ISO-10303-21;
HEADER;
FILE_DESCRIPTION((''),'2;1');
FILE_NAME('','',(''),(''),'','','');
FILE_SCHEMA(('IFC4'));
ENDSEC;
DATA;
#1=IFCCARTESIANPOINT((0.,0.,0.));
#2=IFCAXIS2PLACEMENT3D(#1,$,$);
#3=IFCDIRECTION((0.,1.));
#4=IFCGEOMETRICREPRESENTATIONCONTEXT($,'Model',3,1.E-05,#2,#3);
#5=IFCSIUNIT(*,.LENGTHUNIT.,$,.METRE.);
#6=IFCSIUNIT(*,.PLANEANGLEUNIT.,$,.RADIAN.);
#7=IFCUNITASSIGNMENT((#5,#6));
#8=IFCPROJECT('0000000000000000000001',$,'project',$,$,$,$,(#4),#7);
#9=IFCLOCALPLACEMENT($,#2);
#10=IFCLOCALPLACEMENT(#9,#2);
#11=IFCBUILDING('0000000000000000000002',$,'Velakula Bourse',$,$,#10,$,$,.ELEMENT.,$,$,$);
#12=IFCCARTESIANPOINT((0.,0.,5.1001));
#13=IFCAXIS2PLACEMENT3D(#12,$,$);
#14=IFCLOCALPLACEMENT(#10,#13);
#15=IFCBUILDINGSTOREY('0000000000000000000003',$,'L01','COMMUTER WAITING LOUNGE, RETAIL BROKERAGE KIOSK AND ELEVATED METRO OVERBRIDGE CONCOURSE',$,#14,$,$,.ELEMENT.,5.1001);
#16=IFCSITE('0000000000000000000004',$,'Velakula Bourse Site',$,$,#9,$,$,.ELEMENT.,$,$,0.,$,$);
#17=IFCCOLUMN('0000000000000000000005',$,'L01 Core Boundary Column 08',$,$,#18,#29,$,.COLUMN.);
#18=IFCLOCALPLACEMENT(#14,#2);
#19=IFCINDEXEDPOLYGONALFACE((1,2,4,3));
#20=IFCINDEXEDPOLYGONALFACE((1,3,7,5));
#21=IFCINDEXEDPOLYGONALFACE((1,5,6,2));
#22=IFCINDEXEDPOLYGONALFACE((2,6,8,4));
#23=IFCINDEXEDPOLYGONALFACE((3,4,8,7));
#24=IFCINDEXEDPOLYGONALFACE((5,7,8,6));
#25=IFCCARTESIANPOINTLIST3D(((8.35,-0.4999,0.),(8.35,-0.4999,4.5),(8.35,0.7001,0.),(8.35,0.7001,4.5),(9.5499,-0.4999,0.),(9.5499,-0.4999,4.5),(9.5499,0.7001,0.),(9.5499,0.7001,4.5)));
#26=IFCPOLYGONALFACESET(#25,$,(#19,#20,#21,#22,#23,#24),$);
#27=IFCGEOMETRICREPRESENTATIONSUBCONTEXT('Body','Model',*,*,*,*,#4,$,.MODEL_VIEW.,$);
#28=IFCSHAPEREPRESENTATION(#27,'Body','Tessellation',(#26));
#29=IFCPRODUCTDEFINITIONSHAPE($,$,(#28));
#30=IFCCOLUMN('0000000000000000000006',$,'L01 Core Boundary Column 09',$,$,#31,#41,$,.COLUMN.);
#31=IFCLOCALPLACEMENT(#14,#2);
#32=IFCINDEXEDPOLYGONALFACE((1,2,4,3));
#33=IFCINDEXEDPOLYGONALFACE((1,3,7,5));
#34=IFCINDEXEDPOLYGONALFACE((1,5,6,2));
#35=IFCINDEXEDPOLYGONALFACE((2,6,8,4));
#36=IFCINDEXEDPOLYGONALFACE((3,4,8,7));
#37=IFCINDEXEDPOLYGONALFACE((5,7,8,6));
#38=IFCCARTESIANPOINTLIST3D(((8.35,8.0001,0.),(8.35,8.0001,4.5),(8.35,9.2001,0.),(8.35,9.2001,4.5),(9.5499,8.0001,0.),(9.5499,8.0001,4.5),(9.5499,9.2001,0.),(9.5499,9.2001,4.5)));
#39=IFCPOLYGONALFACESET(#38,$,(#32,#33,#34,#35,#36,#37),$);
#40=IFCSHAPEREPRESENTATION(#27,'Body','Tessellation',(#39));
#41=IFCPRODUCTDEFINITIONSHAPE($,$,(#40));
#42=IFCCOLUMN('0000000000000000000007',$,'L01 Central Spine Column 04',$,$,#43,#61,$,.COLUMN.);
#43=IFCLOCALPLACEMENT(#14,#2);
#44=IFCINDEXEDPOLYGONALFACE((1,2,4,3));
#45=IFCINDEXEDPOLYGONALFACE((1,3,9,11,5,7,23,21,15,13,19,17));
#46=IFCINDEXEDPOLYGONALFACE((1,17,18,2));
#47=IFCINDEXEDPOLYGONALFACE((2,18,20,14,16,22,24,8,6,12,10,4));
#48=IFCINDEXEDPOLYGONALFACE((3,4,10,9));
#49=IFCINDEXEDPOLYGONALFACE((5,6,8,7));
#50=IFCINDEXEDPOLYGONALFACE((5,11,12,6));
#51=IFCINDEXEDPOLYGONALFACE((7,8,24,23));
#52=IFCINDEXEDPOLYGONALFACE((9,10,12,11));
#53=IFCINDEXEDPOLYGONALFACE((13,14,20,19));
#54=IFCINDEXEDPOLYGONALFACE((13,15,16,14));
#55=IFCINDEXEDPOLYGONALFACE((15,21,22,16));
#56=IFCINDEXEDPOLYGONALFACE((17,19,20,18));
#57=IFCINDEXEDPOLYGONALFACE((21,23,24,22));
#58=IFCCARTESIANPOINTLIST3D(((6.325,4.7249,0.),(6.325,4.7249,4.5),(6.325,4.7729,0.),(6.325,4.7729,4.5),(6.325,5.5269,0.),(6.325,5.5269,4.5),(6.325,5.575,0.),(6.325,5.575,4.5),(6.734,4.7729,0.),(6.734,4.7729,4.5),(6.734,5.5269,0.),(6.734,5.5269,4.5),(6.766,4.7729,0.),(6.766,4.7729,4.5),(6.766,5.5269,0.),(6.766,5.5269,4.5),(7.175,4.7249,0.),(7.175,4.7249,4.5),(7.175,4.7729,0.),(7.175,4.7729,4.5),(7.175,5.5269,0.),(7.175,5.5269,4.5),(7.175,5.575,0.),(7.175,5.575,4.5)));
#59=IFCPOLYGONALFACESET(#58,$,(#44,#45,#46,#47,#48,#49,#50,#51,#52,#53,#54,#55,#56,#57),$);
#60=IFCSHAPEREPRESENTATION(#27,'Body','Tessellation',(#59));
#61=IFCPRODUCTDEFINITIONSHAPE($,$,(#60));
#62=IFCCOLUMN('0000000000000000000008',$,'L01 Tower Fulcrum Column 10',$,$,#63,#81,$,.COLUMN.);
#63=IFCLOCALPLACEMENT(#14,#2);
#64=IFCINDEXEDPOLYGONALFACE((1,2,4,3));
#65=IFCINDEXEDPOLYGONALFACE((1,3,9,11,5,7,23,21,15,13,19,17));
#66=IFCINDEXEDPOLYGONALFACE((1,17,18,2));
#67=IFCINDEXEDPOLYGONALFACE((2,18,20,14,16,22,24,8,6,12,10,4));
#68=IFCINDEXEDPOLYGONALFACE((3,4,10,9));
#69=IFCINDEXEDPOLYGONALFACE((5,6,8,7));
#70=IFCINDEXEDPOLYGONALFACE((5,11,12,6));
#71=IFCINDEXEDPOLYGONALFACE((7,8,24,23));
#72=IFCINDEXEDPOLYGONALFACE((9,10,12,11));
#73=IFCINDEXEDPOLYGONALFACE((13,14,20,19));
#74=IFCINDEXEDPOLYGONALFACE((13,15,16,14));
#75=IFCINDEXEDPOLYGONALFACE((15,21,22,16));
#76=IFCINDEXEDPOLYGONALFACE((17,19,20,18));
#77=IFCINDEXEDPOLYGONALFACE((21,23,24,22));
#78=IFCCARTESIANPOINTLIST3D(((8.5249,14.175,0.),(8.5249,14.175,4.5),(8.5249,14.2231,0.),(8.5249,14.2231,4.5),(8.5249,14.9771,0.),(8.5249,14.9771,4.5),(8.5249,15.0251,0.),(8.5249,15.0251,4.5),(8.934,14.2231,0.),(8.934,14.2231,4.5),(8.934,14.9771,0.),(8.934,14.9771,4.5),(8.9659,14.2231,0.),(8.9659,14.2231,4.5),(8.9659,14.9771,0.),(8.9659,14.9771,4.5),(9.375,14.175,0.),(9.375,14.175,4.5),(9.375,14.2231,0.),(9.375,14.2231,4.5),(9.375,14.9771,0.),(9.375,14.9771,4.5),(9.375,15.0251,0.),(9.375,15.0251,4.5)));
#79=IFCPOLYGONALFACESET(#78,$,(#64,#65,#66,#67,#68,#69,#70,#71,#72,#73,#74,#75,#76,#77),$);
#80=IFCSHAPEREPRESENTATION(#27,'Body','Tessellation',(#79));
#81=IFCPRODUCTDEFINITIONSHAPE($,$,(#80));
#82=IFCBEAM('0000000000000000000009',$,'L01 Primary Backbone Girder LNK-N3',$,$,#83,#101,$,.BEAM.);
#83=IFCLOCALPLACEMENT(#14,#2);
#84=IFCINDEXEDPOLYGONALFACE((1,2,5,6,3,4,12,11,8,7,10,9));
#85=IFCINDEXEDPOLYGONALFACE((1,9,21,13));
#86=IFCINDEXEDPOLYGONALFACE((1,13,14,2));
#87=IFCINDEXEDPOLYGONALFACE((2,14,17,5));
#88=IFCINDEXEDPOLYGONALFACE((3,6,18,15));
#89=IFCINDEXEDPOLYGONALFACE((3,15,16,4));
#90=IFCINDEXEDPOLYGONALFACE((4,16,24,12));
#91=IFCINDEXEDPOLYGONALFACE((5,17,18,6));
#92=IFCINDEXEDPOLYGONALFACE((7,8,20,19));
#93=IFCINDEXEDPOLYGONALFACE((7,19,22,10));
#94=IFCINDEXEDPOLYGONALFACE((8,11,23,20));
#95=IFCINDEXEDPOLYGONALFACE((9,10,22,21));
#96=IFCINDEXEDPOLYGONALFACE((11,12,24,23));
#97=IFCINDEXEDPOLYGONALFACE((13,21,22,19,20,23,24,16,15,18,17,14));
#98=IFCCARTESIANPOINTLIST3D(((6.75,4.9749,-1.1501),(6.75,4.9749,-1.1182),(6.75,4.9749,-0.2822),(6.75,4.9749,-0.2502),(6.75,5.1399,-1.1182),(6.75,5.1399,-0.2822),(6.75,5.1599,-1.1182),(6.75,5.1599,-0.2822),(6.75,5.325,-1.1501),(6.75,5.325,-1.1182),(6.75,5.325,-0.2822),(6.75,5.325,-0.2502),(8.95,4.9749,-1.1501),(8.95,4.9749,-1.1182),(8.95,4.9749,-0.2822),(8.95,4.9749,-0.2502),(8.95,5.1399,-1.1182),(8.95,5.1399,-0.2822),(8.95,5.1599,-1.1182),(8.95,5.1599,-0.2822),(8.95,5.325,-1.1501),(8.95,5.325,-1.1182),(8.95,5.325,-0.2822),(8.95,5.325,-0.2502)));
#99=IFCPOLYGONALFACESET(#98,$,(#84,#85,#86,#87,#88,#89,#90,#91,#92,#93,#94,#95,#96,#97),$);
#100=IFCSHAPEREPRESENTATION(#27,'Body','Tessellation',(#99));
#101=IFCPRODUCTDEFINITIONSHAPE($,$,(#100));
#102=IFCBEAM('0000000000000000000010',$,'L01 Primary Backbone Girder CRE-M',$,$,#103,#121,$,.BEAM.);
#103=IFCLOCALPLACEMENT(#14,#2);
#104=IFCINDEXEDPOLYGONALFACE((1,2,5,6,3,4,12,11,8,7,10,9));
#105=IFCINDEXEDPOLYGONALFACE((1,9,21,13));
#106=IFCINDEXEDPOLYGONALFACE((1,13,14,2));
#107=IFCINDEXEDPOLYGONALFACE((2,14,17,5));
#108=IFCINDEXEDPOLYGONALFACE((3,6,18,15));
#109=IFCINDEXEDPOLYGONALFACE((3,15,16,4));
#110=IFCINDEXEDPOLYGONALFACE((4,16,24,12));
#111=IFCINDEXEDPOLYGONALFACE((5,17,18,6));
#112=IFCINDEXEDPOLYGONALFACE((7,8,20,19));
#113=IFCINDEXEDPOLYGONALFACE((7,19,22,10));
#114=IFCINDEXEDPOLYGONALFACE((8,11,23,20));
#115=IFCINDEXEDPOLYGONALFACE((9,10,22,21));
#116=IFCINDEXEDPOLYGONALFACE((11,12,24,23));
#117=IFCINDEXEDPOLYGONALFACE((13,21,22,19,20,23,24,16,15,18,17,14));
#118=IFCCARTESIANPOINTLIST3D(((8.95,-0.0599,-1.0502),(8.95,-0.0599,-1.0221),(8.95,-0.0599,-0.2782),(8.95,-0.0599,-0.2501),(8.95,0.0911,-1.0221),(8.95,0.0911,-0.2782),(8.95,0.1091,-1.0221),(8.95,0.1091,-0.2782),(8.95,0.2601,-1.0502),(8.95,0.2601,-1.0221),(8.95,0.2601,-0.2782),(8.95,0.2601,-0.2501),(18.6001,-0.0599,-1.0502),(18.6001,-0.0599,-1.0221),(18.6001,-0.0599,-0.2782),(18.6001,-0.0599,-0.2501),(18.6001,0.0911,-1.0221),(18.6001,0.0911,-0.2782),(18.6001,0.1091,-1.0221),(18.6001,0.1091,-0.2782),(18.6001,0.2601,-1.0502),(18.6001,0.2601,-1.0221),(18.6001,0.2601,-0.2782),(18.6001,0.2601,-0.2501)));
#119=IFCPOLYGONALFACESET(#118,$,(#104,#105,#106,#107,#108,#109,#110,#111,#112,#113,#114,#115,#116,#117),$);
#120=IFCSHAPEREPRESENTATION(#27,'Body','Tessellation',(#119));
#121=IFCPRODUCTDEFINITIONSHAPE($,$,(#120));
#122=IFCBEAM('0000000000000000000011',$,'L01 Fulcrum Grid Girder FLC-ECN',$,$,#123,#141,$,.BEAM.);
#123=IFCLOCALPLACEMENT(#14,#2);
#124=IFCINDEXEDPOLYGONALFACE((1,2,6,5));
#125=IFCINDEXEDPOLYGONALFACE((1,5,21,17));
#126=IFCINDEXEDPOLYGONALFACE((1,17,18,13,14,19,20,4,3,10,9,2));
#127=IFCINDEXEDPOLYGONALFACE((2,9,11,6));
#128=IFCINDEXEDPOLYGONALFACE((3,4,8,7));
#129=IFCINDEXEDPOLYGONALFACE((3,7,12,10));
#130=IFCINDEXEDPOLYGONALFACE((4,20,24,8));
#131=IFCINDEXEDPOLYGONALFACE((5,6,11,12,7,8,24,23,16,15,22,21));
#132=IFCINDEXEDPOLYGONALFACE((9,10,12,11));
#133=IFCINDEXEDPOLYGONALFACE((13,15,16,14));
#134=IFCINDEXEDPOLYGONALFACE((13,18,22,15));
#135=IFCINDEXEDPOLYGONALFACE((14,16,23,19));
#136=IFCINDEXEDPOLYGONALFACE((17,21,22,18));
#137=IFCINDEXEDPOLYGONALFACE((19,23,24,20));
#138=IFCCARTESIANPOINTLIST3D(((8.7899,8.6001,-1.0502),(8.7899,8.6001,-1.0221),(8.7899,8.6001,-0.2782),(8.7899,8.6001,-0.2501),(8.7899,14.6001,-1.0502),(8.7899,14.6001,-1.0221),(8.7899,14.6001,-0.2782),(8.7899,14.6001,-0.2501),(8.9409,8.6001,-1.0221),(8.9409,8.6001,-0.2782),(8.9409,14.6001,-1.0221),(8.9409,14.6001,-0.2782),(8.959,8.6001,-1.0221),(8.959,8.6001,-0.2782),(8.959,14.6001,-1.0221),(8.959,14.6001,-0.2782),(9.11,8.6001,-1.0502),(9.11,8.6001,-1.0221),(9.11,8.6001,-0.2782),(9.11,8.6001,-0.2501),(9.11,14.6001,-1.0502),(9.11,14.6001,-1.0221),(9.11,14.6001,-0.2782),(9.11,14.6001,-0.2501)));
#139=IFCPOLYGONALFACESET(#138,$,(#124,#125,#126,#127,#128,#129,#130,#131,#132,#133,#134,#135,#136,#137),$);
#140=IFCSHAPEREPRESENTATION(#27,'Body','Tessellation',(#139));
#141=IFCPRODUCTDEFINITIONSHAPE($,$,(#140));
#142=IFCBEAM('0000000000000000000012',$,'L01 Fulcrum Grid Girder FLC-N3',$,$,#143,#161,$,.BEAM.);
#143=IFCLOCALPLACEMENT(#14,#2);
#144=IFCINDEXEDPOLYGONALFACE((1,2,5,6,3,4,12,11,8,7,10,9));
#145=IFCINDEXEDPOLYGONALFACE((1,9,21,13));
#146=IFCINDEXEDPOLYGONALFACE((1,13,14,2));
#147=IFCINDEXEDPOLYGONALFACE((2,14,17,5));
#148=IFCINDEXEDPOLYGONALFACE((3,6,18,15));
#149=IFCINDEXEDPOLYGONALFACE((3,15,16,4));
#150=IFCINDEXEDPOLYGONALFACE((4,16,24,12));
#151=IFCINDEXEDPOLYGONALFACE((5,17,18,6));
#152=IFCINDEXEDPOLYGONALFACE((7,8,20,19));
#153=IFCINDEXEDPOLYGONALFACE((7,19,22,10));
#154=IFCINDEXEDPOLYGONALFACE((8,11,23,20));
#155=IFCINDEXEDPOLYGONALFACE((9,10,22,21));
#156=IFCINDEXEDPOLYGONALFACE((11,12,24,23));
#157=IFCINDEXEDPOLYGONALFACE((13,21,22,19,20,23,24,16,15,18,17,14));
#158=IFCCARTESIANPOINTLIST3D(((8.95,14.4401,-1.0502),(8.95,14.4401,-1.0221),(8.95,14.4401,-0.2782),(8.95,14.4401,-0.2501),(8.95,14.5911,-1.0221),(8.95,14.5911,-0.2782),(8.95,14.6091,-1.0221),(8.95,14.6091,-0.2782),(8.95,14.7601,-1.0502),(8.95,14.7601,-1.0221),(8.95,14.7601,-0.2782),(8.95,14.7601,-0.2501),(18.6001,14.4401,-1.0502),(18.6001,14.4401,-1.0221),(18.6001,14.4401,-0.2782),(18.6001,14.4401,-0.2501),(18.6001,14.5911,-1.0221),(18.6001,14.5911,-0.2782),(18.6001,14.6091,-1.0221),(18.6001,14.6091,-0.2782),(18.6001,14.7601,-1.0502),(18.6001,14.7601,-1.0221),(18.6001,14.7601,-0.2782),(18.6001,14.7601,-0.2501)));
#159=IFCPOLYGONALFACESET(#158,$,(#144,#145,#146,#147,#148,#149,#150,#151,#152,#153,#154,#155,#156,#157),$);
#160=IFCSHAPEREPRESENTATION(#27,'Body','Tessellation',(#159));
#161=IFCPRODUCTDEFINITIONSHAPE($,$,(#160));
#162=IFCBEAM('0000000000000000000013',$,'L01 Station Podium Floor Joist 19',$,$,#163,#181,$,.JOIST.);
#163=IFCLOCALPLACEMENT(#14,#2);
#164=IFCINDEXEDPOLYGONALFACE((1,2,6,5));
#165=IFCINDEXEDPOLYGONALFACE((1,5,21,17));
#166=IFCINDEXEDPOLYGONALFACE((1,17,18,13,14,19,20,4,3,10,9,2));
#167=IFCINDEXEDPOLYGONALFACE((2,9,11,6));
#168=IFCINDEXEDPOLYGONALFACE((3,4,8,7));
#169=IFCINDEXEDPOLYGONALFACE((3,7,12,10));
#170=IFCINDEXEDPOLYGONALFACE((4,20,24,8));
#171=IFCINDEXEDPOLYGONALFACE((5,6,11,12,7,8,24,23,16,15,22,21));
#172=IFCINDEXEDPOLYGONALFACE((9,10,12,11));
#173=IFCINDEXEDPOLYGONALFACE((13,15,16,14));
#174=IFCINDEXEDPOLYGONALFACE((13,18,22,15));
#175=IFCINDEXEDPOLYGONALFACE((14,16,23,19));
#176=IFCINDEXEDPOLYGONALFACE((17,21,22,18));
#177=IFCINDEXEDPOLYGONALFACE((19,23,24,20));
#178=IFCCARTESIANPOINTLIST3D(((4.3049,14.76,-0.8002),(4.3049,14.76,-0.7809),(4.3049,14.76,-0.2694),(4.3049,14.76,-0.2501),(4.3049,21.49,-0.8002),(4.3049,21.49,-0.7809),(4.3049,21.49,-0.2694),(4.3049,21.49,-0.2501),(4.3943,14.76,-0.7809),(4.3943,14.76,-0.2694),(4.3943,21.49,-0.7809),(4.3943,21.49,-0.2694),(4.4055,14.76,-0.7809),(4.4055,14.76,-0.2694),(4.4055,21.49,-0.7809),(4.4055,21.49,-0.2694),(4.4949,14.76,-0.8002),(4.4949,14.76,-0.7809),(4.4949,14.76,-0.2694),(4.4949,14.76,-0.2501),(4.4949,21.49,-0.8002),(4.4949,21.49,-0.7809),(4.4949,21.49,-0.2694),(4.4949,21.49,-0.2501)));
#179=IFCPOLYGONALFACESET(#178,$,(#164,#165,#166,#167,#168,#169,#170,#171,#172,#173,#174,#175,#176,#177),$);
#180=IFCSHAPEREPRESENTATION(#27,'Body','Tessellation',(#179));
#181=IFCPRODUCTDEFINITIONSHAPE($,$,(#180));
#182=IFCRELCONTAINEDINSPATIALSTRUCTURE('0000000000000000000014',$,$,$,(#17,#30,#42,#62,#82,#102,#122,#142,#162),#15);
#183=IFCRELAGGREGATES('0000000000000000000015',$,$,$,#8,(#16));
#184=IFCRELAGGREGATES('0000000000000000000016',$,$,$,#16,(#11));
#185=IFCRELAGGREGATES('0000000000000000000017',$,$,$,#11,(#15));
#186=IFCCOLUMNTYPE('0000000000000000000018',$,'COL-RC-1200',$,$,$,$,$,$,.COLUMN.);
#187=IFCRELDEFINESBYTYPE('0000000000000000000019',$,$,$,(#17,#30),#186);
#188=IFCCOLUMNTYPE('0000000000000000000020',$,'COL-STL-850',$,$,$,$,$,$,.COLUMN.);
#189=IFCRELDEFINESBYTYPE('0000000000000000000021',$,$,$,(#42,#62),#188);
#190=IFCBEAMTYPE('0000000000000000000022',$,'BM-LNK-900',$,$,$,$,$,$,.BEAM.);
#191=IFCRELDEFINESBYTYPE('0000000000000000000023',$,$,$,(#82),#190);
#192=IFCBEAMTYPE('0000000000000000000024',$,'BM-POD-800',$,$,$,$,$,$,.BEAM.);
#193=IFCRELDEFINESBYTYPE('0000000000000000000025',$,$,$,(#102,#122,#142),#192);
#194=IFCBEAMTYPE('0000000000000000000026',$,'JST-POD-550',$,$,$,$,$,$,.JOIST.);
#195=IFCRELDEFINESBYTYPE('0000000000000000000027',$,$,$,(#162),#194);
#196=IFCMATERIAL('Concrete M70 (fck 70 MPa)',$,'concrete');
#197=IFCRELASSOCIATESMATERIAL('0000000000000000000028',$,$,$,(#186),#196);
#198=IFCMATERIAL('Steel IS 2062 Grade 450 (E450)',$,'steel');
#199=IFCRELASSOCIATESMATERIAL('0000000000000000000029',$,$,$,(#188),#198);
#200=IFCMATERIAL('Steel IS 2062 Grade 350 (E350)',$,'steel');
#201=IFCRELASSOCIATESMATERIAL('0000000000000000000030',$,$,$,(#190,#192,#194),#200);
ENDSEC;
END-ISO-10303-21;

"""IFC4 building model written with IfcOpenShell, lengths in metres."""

from ifc_helpers import new_model, si_unit, direction, frame, origin, origin_2d, place, context, subcontext, project, spatial, rectangle, i_section, extrude, material, material_profile, profile_set, type_object, element, save


model = new_model("IFC4")

# Units and contexts
model_context = context("Model", 3, precision=1e-05, world=origin(), true_north=direction((0.0, 1.0)))
body_context = subcontext(model_context, "Body", "Model", "MODEL_VIEW")
ifc_project = project(units=[si_unit("LENGTHUNIT", "METRE"), si_unit("PLANEANGLEUNIT", "RADIAN")], contexts=[model_context])

# Site, building, storey
site_placement = place(None, origin())
site = spatial("IfcSite", under=ifc_project, at=site_placement, Name="Velakula Bourse Site", CompositionType="ELEMENT", RefElevation=0.0)
building_placement = place(site_placement, origin())
building = spatial("IfcBuilding", under=site, at=building_placement, Name="Velakula Bourse", CompositionType="ELEMENT")
storey_placement = place(building_placement, frame((0.0, 0.0, 5.1001)))
storey = spatial("IfcBuildingStorey", under=building, at=storey_placement, Name="L01", Description="COMMUTER WAITING LOUNGE, RETAIL BROKERAGE KIOSK AND ELEVATED METRO OVERBRIDGE CONCOURSE", CompositionType="ELEMENT", Elevation=5.1001)

# Columns
ifc_material_1 = material(Name="Concrete M70 (fck 70 MPa)", Category="concrete")
ifc_material_profile_1 = material_profile(ifc_material_1, rectangle(XDim=1.2, YDim=1.2, at=origin_2d()), Name="Concrete M70 (fck 70 MPa)")
ifc_profile_set_1 = profile_set([ifc_material_profile_1], Name="Concrete M70 (fck 70 MPa)")
column_type_1 = type_object("IfcColumnType", Name="COL-RC-1200", PredefinedType="COLUMN", material=ifc_profile_set_1)
for number, where, z_axis, x_axis, name in (
    (1, (8.95, 0.1001, 0.0), (0.0, 0.0, 1.0), (1.0, 0.0, 0.0), "L01 Core Boundary Column 08"),
    (2, (8.95, 8.6001, 0.0), (0.0, 0.0, 1.0), (1.0, 0.0, 0.0), "L01 Core Boundary Column 09"),
):
    element("IfcColumn", number, at=place(storey_placement, frame(where, z_axis=z_axis, x_axis=x_axis)), inside=storey, type_object=column_type_1, Name=name, PredefinedType="COLUMN", context=body_context, shape_type="SweptSolid", body=[
        extrude(rectangle(XDim=1.2, YDim=1.2, at=origin_2d()), origin(), (0.0, 0.0, 1.0), 4.5),
    ])
ifc_material_2 = material(Name="Steel IS 2062 Grade 450 (E450)", Category="steel")
ifc_material_profile_2 = material_profile(ifc_material_2, i_section(OverallWidth=0.8501, OverallDepth=0.8501, WebThickness=0.032, FlangeThickness=0.0481, at=origin_2d()), Name="Steel IS 2062 Grade 450 (E450)")
ifc_profile_set_2 = profile_set([ifc_material_profile_2], Name="Steel IS 2062 Grade 450 (E450)")
column_type_2 = type_object("IfcColumnType", Name="COL-STL-850", PredefinedType="COLUMN", material=ifc_profile_set_2)
for number, where, z_axis, x_axis, name in (
    (3, (6.75, 5.1499, 0.0), (0.0, 0.0, 1.0), (1.0, 0.0, 0.0), "L01 Central Spine Column 04"),
    (4, (8.95, 14.6001, 0.0), (0.0, 0.0, 1.0), (1.0, 0.0, 0.0), "L01 Tower Fulcrum Column 10"),
):
    element("IfcColumn", number, at=place(storey_placement, frame(where, z_axis=z_axis, x_axis=x_axis)), inside=storey, type_object=column_type_2, Name=name, PredefinedType="COLUMN", context=body_context, shape_type="SweptSolid", body=[
        extrude(i_section(OverallWidth=0.8501, OverallDepth=0.8501, WebThickness=0.032, FlangeThickness=0.0481, at=origin_2d()), origin(), (0.0, 0.0, 1.0), 4.5),
    ])

# Beams
ifc_material_3 = material(Name="Steel IS 2062 Grade 350 (E350)", Category="steel")
ifc_material_profile_3 = material_profile(ifc_material_3, i_section(OverallWidth=0.3501, OverallDepth=0.8999, WebThickness=0.02, FlangeThickness=0.032, at=origin_2d()), Name="Steel IS 2062 Grade 350 (E350)")
ifc_profile_set_3 = profile_set([ifc_material_profile_3], Name="Steel IS 2062 Grade 350 (E350)")
beam_type_1 = type_object("IfcBeamType", Name="BM-LNK-900", PredefinedType="BEAM", material=ifc_profile_set_3)
beam_1_placement = place(storey_placement, frame((6.75, 5.1499, -0.7002), z_axis=(1.0, 0.0, 0.0), x_axis=(0.0, 1.0, 0.0)))
element("IfcBeam", 5, at=beam_1_placement, inside=storey, type_object=beam_type_1, Name="L01 Primary Backbone Girder LNK-N3", PredefinedType="BEAM", context=body_context, shape_type="SweptSolid", body=[
    extrude(i_section(OverallWidth=0.3501, OverallDepth=0.8999, WebThickness=0.02, FlangeThickness=0.032, at=origin_2d()), origin(), (0.0, 0.0, 1.0), 2.2),
])
ifc_material_profile_4 = material_profile(ifc_material_3, i_section(OverallWidth=0.3201, OverallDepth=0.8, WebThickness=0.0181, FlangeThickness=0.0281, at=origin_2d()), Name="Steel IS 2062 Grade 350 (E350)")
ifc_profile_set_4 = profile_set([ifc_material_profile_4], Name="Steel IS 2062 Grade 350 (E350)")
beam_type_2 = type_object("IfcBeamType", Name="BM-POD-800", PredefinedType="BEAM", material=ifc_profile_set_4)
beam_2_placement = place(storey_placement, frame((8.95, 0.1001, -0.6501), z_axis=(1.0, 0.0, 0.0), x_axis=(0.0, 1.0, 0.0)))
element("IfcBeam", 6, at=beam_2_placement, inside=storey, type_object=beam_type_2, Name="L01 Primary Backbone Girder CRE-M", PredefinedType="BEAM", context=body_context, shape_type="SweptSolid", body=[
    extrude(i_section(OverallWidth=0.3201, OverallDepth=0.8, WebThickness=0.0181, FlangeThickness=0.0281, at=origin_2d()), origin(), (0.0, 0.0, 1.0), 9.6501),
])
beam_3_placement = place(storey_placement, frame((8.95, 8.6001, -0.6501), z_axis=(0.0, 1.0, 0.0), x_axis=(-1.0, 0.0, 0.0)))
element("IfcBeam", 7, at=beam_3_placement, inside=storey, type_object=beam_type_2, Name="L01 Fulcrum Grid Girder FLC-ECN", PredefinedType="BEAM", context=body_context, shape_type="SweptSolid", body=[
    extrude(i_section(OverallWidth=0.3201, OverallDepth=0.8, WebThickness=0.0181, FlangeThickness=0.0281, at=origin_2d()), origin(), (0.0, 0.0, 1.0), 6.0),
])
beam_4_placement = place(storey_placement, frame((8.95, 14.6001, -0.6501), z_axis=(1.0, 0.0, 0.0), x_axis=(0.0, 1.0, 0.0)))
element("IfcBeam", 8, at=beam_4_placement, inside=storey, type_object=beam_type_2, Name="L01 Fulcrum Grid Girder FLC-N3", PredefinedType="BEAM", context=body_context, shape_type="SweptSolid", body=[
    extrude(i_section(OverallWidth=0.3201, OverallDepth=0.8, WebThickness=0.0181, FlangeThickness=0.0281, at=origin_2d()), origin(), (0.0, 0.0, 1.0), 9.6501),
])
ifc_material_profile_5 = material_profile(ifc_material_3, i_section(OverallWidth=0.1899, OverallDepth=0.55, WebThickness=0.0112, FlangeThickness=0.0193, at=origin_2d()), Name="Steel IS 2062 Grade 350 (E350)")
ifc_profile_set_5 = profile_set([ifc_material_profile_5], Name="Steel IS 2062 Grade 350 (E350)")
beam_type_3 = type_object("IfcBeamType", Name="JST-POD-550", PredefinedType="JOIST", material=ifc_profile_set_5)
for number, where, z_axis, x_axis, name in (
    (9, (4.3999, 14.76, -0.5251), (0.0, 1.0, 0.0), (-1.0, 0.0, 0.0), "L01 Station Podium Floor Joist 19"),
):
    element("IfcBeam", number, at=place(storey_placement, frame(where, z_axis=z_axis, x_axis=x_axis)), inside=storey, type_object=beam_type_3, Name=name, PredefinedType="JOIST", context=body_context, shape_type="SweptSolid", body=[
        extrude(i_section(OverallWidth=0.1899, OverallDepth=0.55, WebThickness=0.0112, FlangeThickness=0.0193, at=origin_2d()), origin(), (0.0, 0.0, 1.0), 6.73),
    ])

save(model, "model.ifc")
